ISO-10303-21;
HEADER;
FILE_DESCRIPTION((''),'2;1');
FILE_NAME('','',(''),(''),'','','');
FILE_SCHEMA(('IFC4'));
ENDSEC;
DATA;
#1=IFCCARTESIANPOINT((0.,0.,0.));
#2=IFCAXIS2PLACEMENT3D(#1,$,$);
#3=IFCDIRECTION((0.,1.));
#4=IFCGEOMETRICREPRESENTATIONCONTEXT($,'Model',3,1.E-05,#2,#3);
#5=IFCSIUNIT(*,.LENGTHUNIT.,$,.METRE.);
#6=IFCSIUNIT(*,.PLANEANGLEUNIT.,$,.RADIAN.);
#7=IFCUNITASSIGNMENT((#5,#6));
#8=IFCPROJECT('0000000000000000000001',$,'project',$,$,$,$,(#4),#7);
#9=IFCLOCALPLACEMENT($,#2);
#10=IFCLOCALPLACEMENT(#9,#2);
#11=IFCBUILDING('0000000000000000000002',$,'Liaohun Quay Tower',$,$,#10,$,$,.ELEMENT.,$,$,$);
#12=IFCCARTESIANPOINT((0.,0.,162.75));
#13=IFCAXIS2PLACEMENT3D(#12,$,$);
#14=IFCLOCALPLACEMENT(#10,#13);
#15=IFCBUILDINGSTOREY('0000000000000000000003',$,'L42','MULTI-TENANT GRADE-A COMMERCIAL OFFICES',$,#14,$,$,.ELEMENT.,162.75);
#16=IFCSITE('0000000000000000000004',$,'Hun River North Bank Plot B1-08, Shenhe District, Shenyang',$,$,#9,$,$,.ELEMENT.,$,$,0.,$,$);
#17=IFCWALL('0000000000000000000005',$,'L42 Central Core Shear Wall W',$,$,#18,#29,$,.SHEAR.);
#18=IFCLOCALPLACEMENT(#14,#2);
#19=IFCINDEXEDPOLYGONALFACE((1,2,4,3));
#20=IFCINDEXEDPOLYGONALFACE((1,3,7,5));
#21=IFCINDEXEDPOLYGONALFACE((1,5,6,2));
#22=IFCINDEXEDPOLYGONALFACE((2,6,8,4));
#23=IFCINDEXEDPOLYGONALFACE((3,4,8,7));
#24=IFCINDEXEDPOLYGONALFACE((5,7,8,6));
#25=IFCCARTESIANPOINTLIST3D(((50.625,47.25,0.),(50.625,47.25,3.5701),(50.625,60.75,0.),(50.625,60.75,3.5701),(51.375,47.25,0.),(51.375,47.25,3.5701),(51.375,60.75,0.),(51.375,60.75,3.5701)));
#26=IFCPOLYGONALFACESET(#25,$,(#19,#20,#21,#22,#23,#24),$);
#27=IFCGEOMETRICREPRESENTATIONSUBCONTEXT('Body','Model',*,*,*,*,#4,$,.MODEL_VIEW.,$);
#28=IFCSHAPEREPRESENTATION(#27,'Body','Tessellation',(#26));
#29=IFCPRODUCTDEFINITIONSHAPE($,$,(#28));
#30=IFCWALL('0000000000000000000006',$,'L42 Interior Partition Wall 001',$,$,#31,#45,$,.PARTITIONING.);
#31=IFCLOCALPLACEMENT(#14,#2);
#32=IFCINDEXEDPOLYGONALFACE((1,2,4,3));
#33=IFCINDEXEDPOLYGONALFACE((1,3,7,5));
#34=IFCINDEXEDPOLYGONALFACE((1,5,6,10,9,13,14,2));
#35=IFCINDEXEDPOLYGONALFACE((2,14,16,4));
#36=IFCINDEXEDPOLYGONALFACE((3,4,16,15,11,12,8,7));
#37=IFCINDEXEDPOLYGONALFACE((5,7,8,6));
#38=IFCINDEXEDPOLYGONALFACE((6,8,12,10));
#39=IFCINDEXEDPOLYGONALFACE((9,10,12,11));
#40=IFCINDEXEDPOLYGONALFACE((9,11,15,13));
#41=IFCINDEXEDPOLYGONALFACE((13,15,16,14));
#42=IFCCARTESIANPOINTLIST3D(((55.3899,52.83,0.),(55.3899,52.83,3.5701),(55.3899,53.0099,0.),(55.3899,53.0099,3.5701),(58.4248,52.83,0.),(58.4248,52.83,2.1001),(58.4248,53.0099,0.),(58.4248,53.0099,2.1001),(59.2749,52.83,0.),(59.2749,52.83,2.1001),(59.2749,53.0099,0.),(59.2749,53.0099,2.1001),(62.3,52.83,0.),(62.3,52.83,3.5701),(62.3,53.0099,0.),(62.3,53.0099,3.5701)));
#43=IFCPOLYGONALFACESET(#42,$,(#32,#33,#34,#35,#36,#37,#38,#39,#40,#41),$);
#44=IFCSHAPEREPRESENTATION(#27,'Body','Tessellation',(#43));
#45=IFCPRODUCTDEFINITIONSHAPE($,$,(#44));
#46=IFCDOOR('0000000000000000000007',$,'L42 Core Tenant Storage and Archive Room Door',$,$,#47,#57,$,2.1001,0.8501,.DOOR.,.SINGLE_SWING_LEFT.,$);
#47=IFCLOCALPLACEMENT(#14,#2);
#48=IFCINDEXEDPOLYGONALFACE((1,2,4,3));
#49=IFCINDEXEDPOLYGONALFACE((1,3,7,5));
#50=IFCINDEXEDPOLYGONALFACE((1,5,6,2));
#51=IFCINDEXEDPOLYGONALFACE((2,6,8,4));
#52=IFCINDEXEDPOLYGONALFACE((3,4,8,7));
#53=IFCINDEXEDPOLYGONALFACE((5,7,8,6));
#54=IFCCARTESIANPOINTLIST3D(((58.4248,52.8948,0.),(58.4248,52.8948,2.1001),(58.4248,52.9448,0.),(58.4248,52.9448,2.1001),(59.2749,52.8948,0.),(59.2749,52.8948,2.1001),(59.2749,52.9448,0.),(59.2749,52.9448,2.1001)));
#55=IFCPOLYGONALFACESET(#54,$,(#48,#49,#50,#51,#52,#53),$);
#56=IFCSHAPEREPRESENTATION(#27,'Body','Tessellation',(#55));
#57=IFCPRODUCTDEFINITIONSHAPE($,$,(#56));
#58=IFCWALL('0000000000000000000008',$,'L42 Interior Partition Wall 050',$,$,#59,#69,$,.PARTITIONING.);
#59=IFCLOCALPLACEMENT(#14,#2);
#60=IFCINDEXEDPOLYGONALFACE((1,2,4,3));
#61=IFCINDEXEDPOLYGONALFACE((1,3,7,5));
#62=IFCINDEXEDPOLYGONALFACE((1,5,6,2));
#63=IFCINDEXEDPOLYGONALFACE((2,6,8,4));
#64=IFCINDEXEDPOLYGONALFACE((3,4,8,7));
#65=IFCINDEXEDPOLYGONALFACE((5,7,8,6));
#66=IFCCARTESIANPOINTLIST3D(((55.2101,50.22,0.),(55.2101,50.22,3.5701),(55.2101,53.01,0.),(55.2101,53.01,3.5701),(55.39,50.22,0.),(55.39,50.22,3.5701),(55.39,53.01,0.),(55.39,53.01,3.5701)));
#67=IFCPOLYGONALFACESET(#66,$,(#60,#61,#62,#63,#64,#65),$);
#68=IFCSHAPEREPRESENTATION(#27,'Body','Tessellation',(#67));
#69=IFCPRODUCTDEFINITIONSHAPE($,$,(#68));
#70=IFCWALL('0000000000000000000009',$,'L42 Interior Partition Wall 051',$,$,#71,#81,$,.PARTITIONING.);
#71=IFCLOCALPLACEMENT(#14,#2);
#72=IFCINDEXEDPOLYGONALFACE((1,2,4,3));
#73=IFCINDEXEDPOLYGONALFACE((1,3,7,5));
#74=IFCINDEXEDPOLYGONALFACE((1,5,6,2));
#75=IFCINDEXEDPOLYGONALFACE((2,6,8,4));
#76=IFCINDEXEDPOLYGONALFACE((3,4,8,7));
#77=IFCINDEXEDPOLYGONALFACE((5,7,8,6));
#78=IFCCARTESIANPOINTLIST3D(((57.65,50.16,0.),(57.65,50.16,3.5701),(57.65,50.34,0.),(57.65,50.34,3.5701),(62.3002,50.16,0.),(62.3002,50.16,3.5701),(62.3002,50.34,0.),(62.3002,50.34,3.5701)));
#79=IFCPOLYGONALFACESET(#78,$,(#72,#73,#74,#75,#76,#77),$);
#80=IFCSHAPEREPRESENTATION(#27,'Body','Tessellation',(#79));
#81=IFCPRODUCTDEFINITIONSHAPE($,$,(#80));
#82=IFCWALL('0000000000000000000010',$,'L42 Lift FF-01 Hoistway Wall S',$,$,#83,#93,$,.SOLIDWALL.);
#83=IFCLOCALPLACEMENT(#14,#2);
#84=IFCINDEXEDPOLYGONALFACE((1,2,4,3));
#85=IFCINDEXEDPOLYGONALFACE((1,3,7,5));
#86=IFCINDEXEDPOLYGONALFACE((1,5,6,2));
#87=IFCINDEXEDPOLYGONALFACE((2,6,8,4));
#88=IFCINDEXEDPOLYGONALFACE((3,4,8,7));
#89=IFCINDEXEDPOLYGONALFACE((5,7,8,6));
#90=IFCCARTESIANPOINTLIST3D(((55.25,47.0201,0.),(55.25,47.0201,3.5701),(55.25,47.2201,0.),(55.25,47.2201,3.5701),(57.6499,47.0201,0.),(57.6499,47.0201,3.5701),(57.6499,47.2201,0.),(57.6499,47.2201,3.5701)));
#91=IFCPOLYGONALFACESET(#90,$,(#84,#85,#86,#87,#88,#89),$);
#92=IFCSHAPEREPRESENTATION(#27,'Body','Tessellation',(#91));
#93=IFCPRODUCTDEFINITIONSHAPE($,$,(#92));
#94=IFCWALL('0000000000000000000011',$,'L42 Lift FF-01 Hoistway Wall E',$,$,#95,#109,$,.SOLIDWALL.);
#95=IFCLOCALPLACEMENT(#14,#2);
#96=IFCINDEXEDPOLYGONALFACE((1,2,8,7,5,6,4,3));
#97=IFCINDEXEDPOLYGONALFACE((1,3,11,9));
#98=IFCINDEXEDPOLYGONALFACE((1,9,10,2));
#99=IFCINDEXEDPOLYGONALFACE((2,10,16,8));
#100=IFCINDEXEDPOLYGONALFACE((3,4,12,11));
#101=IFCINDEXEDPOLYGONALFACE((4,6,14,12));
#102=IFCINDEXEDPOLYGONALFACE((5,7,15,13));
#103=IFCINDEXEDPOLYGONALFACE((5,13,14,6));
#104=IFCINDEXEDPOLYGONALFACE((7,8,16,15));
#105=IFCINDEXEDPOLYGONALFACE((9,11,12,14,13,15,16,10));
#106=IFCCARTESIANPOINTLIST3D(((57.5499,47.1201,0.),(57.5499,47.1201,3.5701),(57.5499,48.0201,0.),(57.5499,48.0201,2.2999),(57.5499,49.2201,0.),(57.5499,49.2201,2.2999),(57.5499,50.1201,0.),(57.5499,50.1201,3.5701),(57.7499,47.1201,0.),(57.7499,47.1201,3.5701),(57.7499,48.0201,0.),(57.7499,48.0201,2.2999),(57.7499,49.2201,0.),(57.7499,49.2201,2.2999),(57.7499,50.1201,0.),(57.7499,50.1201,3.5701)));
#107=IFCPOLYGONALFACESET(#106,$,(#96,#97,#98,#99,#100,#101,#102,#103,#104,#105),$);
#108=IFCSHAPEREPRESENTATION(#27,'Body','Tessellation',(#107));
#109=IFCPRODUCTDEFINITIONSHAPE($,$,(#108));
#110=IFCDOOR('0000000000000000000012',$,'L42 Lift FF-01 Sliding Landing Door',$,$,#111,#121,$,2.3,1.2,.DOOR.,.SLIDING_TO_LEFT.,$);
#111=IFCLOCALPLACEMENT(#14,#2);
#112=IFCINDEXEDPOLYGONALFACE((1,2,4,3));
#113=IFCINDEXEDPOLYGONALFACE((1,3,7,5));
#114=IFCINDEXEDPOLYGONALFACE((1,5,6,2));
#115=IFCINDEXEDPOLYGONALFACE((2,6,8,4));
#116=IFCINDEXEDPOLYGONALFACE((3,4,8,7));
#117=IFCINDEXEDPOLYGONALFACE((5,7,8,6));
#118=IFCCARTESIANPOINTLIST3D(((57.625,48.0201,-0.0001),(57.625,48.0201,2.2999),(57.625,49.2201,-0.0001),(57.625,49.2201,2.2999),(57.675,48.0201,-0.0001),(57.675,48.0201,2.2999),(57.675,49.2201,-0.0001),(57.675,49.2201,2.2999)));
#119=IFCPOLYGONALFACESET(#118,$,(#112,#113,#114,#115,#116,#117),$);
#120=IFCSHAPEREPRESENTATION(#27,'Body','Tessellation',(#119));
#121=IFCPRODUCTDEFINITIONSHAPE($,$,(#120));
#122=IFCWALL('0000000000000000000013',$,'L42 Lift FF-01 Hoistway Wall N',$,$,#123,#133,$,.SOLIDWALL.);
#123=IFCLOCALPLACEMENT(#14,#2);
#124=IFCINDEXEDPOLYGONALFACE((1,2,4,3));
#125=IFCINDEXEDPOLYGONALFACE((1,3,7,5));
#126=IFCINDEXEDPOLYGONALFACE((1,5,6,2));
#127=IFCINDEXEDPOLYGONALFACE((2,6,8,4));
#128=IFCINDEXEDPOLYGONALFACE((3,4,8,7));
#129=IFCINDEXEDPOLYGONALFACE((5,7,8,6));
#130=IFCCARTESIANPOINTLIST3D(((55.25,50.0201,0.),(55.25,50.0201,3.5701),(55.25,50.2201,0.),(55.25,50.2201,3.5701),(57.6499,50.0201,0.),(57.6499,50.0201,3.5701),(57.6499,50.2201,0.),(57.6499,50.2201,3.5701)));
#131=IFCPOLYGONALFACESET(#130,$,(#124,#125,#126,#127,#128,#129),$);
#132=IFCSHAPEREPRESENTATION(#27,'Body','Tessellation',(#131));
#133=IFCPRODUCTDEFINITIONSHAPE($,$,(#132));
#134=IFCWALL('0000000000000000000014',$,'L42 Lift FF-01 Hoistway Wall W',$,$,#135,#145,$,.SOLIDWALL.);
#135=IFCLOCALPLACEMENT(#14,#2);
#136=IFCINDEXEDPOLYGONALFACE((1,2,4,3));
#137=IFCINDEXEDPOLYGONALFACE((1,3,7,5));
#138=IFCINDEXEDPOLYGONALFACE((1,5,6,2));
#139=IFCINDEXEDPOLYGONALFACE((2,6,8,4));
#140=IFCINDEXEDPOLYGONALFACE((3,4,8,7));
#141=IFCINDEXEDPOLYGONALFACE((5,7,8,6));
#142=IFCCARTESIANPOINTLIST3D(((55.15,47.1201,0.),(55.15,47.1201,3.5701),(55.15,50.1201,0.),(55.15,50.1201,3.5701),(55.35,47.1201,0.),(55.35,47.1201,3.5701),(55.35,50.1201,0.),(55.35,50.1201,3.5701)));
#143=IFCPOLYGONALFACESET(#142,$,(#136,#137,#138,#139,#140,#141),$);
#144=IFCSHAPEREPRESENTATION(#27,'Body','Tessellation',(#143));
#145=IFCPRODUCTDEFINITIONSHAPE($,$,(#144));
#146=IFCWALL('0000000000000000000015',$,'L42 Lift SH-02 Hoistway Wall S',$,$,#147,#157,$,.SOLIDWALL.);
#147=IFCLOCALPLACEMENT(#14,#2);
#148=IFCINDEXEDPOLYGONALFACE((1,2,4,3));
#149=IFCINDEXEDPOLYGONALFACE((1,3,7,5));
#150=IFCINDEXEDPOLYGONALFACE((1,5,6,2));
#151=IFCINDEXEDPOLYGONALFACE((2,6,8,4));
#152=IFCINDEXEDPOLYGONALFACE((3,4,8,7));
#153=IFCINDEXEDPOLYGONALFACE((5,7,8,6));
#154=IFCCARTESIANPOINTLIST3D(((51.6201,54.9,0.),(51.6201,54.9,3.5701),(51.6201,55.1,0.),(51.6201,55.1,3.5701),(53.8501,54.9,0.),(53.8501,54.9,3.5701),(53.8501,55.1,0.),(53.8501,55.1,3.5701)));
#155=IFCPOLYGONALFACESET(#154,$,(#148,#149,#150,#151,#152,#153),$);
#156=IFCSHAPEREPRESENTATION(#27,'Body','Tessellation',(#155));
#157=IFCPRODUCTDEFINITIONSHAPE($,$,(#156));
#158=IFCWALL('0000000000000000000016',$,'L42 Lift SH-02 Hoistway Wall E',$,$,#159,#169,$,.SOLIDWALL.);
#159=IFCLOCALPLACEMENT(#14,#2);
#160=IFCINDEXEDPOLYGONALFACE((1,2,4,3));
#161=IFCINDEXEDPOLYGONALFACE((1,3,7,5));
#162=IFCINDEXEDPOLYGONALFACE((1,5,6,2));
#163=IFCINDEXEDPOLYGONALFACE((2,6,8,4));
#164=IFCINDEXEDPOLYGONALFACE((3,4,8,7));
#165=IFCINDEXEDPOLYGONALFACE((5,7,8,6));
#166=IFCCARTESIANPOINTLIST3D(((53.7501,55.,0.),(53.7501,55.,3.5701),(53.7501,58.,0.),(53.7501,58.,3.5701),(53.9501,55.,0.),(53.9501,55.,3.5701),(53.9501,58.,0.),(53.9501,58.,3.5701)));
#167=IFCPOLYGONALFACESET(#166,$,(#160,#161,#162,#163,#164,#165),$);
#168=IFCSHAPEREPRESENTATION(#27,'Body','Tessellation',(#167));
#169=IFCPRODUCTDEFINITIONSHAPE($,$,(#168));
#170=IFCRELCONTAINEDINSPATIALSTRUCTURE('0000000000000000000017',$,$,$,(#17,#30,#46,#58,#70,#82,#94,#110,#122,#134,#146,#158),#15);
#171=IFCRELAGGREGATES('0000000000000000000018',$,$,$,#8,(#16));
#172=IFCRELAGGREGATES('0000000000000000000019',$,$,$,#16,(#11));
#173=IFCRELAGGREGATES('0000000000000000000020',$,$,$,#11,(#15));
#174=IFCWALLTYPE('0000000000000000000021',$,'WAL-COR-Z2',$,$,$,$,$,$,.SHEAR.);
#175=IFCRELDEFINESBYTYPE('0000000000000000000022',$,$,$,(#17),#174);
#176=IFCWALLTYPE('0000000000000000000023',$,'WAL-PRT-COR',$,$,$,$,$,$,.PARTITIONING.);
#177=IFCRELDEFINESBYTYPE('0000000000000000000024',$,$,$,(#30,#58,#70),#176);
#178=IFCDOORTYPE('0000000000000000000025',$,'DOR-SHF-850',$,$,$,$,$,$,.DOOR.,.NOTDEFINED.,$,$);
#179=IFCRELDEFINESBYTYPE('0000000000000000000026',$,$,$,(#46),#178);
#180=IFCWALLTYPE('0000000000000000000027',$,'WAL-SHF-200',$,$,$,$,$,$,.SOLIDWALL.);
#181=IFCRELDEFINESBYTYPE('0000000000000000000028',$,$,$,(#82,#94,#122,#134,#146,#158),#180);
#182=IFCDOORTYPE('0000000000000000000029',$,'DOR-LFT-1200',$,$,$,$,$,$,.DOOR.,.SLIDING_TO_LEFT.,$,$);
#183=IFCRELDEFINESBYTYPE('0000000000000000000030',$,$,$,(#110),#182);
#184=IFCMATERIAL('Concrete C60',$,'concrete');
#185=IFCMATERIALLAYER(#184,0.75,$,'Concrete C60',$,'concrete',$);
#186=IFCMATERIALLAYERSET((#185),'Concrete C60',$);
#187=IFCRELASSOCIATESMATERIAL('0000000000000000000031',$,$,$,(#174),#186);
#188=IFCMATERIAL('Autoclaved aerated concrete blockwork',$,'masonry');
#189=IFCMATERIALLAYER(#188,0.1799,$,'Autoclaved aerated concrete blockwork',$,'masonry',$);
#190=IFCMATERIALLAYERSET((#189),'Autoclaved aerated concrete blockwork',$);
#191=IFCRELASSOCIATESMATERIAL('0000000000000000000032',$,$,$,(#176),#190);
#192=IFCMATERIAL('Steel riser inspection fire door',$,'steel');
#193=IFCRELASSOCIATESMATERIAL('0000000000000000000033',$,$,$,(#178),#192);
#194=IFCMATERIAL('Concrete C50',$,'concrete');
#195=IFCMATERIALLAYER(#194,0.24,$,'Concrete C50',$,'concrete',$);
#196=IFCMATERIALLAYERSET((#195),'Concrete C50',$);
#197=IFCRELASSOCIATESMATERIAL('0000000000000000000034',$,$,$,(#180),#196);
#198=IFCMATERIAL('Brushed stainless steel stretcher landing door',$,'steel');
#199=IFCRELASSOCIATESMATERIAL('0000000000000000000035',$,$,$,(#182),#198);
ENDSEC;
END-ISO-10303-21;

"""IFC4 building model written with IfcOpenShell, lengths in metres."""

from ifc_helpers import new_model, si_unit, direction, frame, frame_2d, origin, place, context, subcontext, project, spatial, rectangle, extrude, source, transform, mapped, material, layer, layer_set, type_object, element, fill, save


model = new_model("IFC4")

# Units and contexts
model_context = context("Model", 3, precision=1e-05, world=origin(), true_north=direction((0.0, 1.0)))
body_context = subcontext(model_context, "Body", "Model", "MODEL_VIEW")
ifc_project = project(units=[si_unit("LENGTHUNIT", "METRE"), si_unit("PLANEANGLEUNIT", "RADIAN")], contexts=[model_context])

# Site, building, storey
site_placement = place(None, origin())
site = spatial("IfcSite", under=ifc_project, at=site_placement, Name="Hun River North Bank Plot B1-08, Shenhe District, Shenyang", CompositionType="ELEMENT", RefElevation=0.0)
building_placement = place(site_placement, origin())
building = spatial("IfcBuilding", under=site, at=building_placement, Name="Liaohun Quay Tower", CompositionType="ELEMENT")
storey_placement = place(building_placement, frame((0.0, 0.0, 162.75)))
storey = spatial("IfcBuildingStorey", under=building, at=storey_placement, Name="L42", Description="MULTI-TENANT GRADE-A COMMERCIAL OFFICES", CompositionType="ELEMENT", Elevation=162.75)

# Wall
ifc_material_1 = material(Name="Concrete C60", Category="concrete")
ifc_layer_1 = layer(ifc_material_1, 0.75, Name="Concrete C60", Category="concrete")
ifc_layer_set_1 = layer_set([ifc_layer_1], Name="Concrete C60")
wall_type_1 = type_object("IfcWallType", Name="WAL-COR-Z2", PredefinedType="SHEAR", material=ifc_layer_set_1)
wall_1_placement = place(storey_placement, frame((51.0, 47.25, 0.0), z_axis=(0.0, 0.0, 1.0), x_axis=(0.0, 1.0, 0.0)))
element("IfcWall", 1, at=wall_1_placement, inside=storey, type_object=wall_type_1, Name="L42 Central Core Shear Wall W", PredefinedType="SHEAR", context=body_context, shape_type="SweptSolid", body=[
    extrude(rectangle(XDim=13.5, YDim=0.75, at=frame_2d((6.75, 0.0))), origin(), (0.0, 0.0, 1.0), 3.5701),
])

# Wall, opening, door
ifc_material_2 = material(Name="Autoclaved aerated concrete blockwork", Category="masonry")
ifc_layer_2 = layer(ifc_material_2, 0.1799, Name="Autoclaved aerated concrete blockwork", Category="masonry")
ifc_layer_set_2 = layer_set([ifc_layer_2], Name="Autoclaved aerated concrete blockwork")
wall_type_2 = type_object("IfcWallType", Name="WAL-PRT-COR", PredefinedType="PARTITIONING", material=ifc_layer_set_2)
wall_2_placement = place(storey_placement, frame((55.3899, 52.9199, 0.0), z_axis=(0.0, 0.0, 1.0), x_axis=(1.0, 0.0, 0.0)))
wall_2 = element("IfcWall", 2, at=wall_2_placement, inside=storey, type_object=wall_type_2, Name="L42 Interior Partition Wall 001", PredefinedType="PARTITIONING", context=body_context, shape_type="SweptSolid", body=[
    extrude(rectangle(XDim=6.9102, YDim=0.1799, at=frame_2d((3.4551, 0.0))), origin(), (0.0, 0.0, 1.0), 3.5701),
])
shared_shape_1 = source(origin(), body_context, "Body", "SweptSolid", [
    extrude(rectangle(XDim=0.8501, YDim=2.1001, at=frame_2d((0.425, 1.05))), frame((0.0, 0.0999, 0.0), z_axis=(0.0, -1.0, 0.0), x_axis=(1.0, 0.0, 0.0)), (0.0, 0.0, 1.0), 0.2),
])
opening_1_placement = place(wall_2_placement, frame((3.0349, 0.0, 0.0)))
opening_1 = element("IfcOpeningElement", 3, at=opening_1_placement, cuts=wall_2, PredefinedType="OPENING", context=body_context, shape_type="MappedRepresentation", body=[
    mapped(shared_shape_1, transform((0.0, 0.0, 0.0), x_axis=(1.0, 0.0, 0.0), y_axis=(0.0, 1.0, 0.0), z_axis=(0.0, 0.0, 1.0), scale=1.0)),
])
ifc_material_3 = material(Name="Steel riser inspection fire door", Category="steel")
door_type_1 = type_object("IfcDoorType", Name="DOR-SHF-850", OperationType="NOTDEFINED", PredefinedType="DOOR", material=ifc_material_3)
shared_shape_2 = source(origin(), body_context, "Body", "SweptSolid", [
    extrude(rectangle(XDim=0.8501, YDim=2.1001, at=frame_2d((0.425, 1.05))), frame((0.0, 0.0249, 0.0), z_axis=(0.0, -1.0, 0.0), x_axis=(1.0, 0.0, 0.0)), (0.0, 0.0, 1.0), 0.05),
])
door_1_placement = place(opening_1_placement, origin())
door_1 = element("IfcDoor", 4, at=door_1_placement, inside=storey, type_object=door_type_1, Name="L42 Core Tenant Storage and Archive Room Door", OperationType="SINGLE_SWING_LEFT", OverallHeight=2.1001, OverallWidth=0.8501, PredefinedType="DOOR", context=body_context, shape_type="MappedRepresentation", body=[
    mapped(shared_shape_2, transform((0.0, 0.0, 0.0), x_axis=(1.0, 0.0, 0.0), y_axis=(0.0, 1.0, 0.0), z_axis=(0.0, 0.0, 1.0), scale=1.0)),
])
fill(opening_1, door_1)

# Walls
wall_3_placement = place(storey_placement, frame((55.3, 50.22, 0.0), z_axis=(0.0, 0.0, 1.0), x_axis=(0.0, 1.0, 0.0)))
element("IfcWall", 5, at=wall_3_placement, inside=storey, type_object=wall_type_2, Name="L42 Interior Partition Wall 050", PredefinedType="PARTITIONING", context=body_context, shape_type="SweptSolid", body=[
    extrude(rectangle(XDim=2.79, YDim=0.1799, at=frame_2d((1.395, 0.0))), origin(), (0.0, 0.0, 1.0), 3.5701),
])
wall_4_placement = place(storey_placement, frame((57.6499, 50.25, 0.0), z_axis=(0.0, 0.0, 1.0), x_axis=(1.0, 0.0, 0.0)))
element("IfcWall", 6, at=wall_4_placement, inside=storey, type_object=wall_type_2, Name="L42 Interior Partition Wall 051", PredefinedType="PARTITIONING", context=body_context, shape_type="SweptSolid", body=[
    extrude(rectangle(XDim=4.6501, YDim=0.1799, at=frame_2d((2.3252, 0.0))), origin(), (0.0, 0.0, 1.0), 3.5701),
])
ifc_material_4 = material(Name="Concrete C50", Category="concrete")
ifc_layer_3 = layer(ifc_material_4, 0.24, Name="Concrete C50", Category="concrete")
ifc_layer_set_3 = layer_set([ifc_layer_3], Name="Concrete C50")
wall_type_3 = type_object("IfcWallType", Name="WAL-SHF-200", PredefinedType="SOLIDWALL", material=ifc_layer_set_3)
wall_5_placement = place(storey_placement, frame((55.25, 47.1201, 0.0), z_axis=(0.0, 0.0, 1.0), x_axis=(1.0, 0.0, 0.0)))
element("IfcWall", 7, at=wall_5_placement, inside=storey, type_object=wall_type_3, Name="L42 Lift FF-01 Hoistway Wall S", PredefinedType="SOLIDWALL", context=body_context, shape_type="SweptSolid", body=[
    extrude(rectangle(XDim=2.3999, YDim=0.2, at=frame_2d((1.2, 0.0))), origin(), (0.0, 0.0, 1.0), 3.5701),
])

# Wall, opening, door
wall_6_placement = place(storey_placement, frame((57.6499, 47.1201, 0.0), z_axis=(0.0, 0.0, 1.0), x_axis=(0.0, 1.0, 0.0)))
wall_6 = element("IfcWall", 8, at=wall_6_placement, inside=storey, type_object=wall_type_3, Name="L42 Lift FF-01 Hoistway Wall E", PredefinedType="SOLIDWALL", context=body_context, shape_type="SweptSolid", body=[
    extrude(rectangle(XDim=3.0, YDim=0.2, at=frame_2d((1.5, 0.0))), origin(), (0.0, 0.0, 1.0), 3.5701),
])
shared_shape_3 = source(origin(), body_context, "Body", "SweptSolid", [
    extrude(rectangle(XDim=1.2, YDim=2.3, at=frame_2d((0.6001, 1.1499))), frame((0.0, 0.1099, 0.0), z_axis=(0.0, -1.0, 0.0), x_axis=(1.0, 0.0, 0.0)), (0.0, 0.0, 1.0), 0.22),
])
opening_2_placement = place(wall_6_placement, frame((0.8999, 0.0, 0.0)))
opening_2 = element("IfcOpeningElement", 9, at=opening_2_placement, cuts=wall_6, PredefinedType="OPENING", context=body_context, shape_type="MappedRepresentation", body=[
    mapped(shared_shape_3, transform((0.0, 0.0, 0.0), x_axis=(1.0, 0.0, 0.0), y_axis=(0.0, 1.0, 0.0), z_axis=(0.0, 0.0, 1.0), scale=1.0)),
])
ifc_material_5 = material(Name="Brushed stainless steel stretcher landing door", Category="steel")
door_type_2 = type_object("IfcDoorType", Name="DOR-LFT-1200", OperationType="SLIDING_TO_LEFT", PredefinedType="DOOR", material=ifc_material_5)
shared_shape_4 = source(origin(), body_context, "Body", "SweptSolid", [
    extrude(rectangle(XDim=1.2, YDim=2.3, at=frame_2d((0.6001, 1.1499))), frame((0.0, 0.0249, 0.0), z_axis=(0.0, -1.0, 0.0), x_axis=(1.0, 0.0, 0.0)), (0.0, 0.0, 1.0), 0.05),
])
door_2_placement = place(opening_2_placement, origin())
door_2 = element("IfcDoor", 10, at=door_2_placement, inside=storey, type_object=door_type_2, Name="L42 Lift FF-01 Sliding Landing Door", OperationType="SLIDING_TO_LEFT", OverallHeight=2.3, OverallWidth=1.2, PredefinedType="DOOR", context=body_context, shape_type="MappedRepresentation", body=[
    mapped(shared_shape_4, transform((0.0, 0.0, 0.0), x_axis=(1.0, 0.0, 0.0), y_axis=(0.0, 1.0, 0.0), z_axis=(0.0, 0.0, 1.0), scale=1.0)),
])
fill(opening_2, door_2)

# Walls
wall_7_placement = place(storey_placement, frame((57.6499, 50.1201, 0.0), z_axis=(0.0, 0.0, 1.0), x_axis=(-1.0, 0.0, 0.0)))
element("IfcWall", 11, at=wall_7_placement, inside=storey, type_object=wall_type_3, Name="L42 Lift FF-01 Hoistway Wall N", PredefinedType="SOLIDWALL", context=body_context, shape_type="SweptSolid", body=[
    extrude(rectangle(XDim=2.3999, YDim=0.2, at=frame_2d((1.2, 0.0))), origin(), (0.0, 0.0, 1.0), 3.5701),
])
wall_8_placement = place(storey_placement, frame((55.25, 50.1201, 0.0), z_axis=(0.0, 0.0, 1.0), x_axis=(0.0, -1.0, 0.0)))
element("IfcWall", 12, at=wall_8_placement, inside=storey, type_object=wall_type_3, Name="L42 Lift FF-01 Hoistway Wall W", PredefinedType="SOLIDWALL", context=body_context, shape_type="SweptSolid", body=[
    extrude(rectangle(XDim=3.0, YDim=0.2, at=frame_2d((1.5, 0.0))), origin(), (0.0, 0.0, 1.0), 3.5701),
])
wall_9_placement = place(storey_placement, frame((51.6201, 55.0, 0.0), z_axis=(0.0, 0.0, 1.0), x_axis=(1.0, 0.0, 0.0)))
element("IfcWall", 13, at=wall_9_placement, inside=storey, type_object=wall_type_3, Name="L42 Lift SH-02 Hoistway Wall S", PredefinedType="SOLIDWALL", context=body_context, shape_type="SweptSolid", body=[
    extrude(rectangle(XDim=2.23, YDim=0.2, at=frame_2d((1.115, 0.0))), origin(), (0.0, 0.0, 1.0), 3.5701),
])
wall_10_placement = place(storey_placement, frame((53.8501, 55.0, 0.0), z_axis=(0.0, 0.0, 1.0), x_axis=(0.0, 1.0, 0.0)))
element("IfcWall", 14, at=wall_10_placement, inside=storey, type_object=wall_type_3, Name="L42 Lift SH-02 Hoistway Wall E", PredefinedType="SOLIDWALL", context=body_context, shape_type="SweptSolid", body=[
    extrude(rectangle(XDim=3.0, YDim=0.2, at=frame_2d((1.5, 0.0))), origin(), (0.0, 0.0, 1.0), 3.5701),
])

save(model, "model.ifc")
